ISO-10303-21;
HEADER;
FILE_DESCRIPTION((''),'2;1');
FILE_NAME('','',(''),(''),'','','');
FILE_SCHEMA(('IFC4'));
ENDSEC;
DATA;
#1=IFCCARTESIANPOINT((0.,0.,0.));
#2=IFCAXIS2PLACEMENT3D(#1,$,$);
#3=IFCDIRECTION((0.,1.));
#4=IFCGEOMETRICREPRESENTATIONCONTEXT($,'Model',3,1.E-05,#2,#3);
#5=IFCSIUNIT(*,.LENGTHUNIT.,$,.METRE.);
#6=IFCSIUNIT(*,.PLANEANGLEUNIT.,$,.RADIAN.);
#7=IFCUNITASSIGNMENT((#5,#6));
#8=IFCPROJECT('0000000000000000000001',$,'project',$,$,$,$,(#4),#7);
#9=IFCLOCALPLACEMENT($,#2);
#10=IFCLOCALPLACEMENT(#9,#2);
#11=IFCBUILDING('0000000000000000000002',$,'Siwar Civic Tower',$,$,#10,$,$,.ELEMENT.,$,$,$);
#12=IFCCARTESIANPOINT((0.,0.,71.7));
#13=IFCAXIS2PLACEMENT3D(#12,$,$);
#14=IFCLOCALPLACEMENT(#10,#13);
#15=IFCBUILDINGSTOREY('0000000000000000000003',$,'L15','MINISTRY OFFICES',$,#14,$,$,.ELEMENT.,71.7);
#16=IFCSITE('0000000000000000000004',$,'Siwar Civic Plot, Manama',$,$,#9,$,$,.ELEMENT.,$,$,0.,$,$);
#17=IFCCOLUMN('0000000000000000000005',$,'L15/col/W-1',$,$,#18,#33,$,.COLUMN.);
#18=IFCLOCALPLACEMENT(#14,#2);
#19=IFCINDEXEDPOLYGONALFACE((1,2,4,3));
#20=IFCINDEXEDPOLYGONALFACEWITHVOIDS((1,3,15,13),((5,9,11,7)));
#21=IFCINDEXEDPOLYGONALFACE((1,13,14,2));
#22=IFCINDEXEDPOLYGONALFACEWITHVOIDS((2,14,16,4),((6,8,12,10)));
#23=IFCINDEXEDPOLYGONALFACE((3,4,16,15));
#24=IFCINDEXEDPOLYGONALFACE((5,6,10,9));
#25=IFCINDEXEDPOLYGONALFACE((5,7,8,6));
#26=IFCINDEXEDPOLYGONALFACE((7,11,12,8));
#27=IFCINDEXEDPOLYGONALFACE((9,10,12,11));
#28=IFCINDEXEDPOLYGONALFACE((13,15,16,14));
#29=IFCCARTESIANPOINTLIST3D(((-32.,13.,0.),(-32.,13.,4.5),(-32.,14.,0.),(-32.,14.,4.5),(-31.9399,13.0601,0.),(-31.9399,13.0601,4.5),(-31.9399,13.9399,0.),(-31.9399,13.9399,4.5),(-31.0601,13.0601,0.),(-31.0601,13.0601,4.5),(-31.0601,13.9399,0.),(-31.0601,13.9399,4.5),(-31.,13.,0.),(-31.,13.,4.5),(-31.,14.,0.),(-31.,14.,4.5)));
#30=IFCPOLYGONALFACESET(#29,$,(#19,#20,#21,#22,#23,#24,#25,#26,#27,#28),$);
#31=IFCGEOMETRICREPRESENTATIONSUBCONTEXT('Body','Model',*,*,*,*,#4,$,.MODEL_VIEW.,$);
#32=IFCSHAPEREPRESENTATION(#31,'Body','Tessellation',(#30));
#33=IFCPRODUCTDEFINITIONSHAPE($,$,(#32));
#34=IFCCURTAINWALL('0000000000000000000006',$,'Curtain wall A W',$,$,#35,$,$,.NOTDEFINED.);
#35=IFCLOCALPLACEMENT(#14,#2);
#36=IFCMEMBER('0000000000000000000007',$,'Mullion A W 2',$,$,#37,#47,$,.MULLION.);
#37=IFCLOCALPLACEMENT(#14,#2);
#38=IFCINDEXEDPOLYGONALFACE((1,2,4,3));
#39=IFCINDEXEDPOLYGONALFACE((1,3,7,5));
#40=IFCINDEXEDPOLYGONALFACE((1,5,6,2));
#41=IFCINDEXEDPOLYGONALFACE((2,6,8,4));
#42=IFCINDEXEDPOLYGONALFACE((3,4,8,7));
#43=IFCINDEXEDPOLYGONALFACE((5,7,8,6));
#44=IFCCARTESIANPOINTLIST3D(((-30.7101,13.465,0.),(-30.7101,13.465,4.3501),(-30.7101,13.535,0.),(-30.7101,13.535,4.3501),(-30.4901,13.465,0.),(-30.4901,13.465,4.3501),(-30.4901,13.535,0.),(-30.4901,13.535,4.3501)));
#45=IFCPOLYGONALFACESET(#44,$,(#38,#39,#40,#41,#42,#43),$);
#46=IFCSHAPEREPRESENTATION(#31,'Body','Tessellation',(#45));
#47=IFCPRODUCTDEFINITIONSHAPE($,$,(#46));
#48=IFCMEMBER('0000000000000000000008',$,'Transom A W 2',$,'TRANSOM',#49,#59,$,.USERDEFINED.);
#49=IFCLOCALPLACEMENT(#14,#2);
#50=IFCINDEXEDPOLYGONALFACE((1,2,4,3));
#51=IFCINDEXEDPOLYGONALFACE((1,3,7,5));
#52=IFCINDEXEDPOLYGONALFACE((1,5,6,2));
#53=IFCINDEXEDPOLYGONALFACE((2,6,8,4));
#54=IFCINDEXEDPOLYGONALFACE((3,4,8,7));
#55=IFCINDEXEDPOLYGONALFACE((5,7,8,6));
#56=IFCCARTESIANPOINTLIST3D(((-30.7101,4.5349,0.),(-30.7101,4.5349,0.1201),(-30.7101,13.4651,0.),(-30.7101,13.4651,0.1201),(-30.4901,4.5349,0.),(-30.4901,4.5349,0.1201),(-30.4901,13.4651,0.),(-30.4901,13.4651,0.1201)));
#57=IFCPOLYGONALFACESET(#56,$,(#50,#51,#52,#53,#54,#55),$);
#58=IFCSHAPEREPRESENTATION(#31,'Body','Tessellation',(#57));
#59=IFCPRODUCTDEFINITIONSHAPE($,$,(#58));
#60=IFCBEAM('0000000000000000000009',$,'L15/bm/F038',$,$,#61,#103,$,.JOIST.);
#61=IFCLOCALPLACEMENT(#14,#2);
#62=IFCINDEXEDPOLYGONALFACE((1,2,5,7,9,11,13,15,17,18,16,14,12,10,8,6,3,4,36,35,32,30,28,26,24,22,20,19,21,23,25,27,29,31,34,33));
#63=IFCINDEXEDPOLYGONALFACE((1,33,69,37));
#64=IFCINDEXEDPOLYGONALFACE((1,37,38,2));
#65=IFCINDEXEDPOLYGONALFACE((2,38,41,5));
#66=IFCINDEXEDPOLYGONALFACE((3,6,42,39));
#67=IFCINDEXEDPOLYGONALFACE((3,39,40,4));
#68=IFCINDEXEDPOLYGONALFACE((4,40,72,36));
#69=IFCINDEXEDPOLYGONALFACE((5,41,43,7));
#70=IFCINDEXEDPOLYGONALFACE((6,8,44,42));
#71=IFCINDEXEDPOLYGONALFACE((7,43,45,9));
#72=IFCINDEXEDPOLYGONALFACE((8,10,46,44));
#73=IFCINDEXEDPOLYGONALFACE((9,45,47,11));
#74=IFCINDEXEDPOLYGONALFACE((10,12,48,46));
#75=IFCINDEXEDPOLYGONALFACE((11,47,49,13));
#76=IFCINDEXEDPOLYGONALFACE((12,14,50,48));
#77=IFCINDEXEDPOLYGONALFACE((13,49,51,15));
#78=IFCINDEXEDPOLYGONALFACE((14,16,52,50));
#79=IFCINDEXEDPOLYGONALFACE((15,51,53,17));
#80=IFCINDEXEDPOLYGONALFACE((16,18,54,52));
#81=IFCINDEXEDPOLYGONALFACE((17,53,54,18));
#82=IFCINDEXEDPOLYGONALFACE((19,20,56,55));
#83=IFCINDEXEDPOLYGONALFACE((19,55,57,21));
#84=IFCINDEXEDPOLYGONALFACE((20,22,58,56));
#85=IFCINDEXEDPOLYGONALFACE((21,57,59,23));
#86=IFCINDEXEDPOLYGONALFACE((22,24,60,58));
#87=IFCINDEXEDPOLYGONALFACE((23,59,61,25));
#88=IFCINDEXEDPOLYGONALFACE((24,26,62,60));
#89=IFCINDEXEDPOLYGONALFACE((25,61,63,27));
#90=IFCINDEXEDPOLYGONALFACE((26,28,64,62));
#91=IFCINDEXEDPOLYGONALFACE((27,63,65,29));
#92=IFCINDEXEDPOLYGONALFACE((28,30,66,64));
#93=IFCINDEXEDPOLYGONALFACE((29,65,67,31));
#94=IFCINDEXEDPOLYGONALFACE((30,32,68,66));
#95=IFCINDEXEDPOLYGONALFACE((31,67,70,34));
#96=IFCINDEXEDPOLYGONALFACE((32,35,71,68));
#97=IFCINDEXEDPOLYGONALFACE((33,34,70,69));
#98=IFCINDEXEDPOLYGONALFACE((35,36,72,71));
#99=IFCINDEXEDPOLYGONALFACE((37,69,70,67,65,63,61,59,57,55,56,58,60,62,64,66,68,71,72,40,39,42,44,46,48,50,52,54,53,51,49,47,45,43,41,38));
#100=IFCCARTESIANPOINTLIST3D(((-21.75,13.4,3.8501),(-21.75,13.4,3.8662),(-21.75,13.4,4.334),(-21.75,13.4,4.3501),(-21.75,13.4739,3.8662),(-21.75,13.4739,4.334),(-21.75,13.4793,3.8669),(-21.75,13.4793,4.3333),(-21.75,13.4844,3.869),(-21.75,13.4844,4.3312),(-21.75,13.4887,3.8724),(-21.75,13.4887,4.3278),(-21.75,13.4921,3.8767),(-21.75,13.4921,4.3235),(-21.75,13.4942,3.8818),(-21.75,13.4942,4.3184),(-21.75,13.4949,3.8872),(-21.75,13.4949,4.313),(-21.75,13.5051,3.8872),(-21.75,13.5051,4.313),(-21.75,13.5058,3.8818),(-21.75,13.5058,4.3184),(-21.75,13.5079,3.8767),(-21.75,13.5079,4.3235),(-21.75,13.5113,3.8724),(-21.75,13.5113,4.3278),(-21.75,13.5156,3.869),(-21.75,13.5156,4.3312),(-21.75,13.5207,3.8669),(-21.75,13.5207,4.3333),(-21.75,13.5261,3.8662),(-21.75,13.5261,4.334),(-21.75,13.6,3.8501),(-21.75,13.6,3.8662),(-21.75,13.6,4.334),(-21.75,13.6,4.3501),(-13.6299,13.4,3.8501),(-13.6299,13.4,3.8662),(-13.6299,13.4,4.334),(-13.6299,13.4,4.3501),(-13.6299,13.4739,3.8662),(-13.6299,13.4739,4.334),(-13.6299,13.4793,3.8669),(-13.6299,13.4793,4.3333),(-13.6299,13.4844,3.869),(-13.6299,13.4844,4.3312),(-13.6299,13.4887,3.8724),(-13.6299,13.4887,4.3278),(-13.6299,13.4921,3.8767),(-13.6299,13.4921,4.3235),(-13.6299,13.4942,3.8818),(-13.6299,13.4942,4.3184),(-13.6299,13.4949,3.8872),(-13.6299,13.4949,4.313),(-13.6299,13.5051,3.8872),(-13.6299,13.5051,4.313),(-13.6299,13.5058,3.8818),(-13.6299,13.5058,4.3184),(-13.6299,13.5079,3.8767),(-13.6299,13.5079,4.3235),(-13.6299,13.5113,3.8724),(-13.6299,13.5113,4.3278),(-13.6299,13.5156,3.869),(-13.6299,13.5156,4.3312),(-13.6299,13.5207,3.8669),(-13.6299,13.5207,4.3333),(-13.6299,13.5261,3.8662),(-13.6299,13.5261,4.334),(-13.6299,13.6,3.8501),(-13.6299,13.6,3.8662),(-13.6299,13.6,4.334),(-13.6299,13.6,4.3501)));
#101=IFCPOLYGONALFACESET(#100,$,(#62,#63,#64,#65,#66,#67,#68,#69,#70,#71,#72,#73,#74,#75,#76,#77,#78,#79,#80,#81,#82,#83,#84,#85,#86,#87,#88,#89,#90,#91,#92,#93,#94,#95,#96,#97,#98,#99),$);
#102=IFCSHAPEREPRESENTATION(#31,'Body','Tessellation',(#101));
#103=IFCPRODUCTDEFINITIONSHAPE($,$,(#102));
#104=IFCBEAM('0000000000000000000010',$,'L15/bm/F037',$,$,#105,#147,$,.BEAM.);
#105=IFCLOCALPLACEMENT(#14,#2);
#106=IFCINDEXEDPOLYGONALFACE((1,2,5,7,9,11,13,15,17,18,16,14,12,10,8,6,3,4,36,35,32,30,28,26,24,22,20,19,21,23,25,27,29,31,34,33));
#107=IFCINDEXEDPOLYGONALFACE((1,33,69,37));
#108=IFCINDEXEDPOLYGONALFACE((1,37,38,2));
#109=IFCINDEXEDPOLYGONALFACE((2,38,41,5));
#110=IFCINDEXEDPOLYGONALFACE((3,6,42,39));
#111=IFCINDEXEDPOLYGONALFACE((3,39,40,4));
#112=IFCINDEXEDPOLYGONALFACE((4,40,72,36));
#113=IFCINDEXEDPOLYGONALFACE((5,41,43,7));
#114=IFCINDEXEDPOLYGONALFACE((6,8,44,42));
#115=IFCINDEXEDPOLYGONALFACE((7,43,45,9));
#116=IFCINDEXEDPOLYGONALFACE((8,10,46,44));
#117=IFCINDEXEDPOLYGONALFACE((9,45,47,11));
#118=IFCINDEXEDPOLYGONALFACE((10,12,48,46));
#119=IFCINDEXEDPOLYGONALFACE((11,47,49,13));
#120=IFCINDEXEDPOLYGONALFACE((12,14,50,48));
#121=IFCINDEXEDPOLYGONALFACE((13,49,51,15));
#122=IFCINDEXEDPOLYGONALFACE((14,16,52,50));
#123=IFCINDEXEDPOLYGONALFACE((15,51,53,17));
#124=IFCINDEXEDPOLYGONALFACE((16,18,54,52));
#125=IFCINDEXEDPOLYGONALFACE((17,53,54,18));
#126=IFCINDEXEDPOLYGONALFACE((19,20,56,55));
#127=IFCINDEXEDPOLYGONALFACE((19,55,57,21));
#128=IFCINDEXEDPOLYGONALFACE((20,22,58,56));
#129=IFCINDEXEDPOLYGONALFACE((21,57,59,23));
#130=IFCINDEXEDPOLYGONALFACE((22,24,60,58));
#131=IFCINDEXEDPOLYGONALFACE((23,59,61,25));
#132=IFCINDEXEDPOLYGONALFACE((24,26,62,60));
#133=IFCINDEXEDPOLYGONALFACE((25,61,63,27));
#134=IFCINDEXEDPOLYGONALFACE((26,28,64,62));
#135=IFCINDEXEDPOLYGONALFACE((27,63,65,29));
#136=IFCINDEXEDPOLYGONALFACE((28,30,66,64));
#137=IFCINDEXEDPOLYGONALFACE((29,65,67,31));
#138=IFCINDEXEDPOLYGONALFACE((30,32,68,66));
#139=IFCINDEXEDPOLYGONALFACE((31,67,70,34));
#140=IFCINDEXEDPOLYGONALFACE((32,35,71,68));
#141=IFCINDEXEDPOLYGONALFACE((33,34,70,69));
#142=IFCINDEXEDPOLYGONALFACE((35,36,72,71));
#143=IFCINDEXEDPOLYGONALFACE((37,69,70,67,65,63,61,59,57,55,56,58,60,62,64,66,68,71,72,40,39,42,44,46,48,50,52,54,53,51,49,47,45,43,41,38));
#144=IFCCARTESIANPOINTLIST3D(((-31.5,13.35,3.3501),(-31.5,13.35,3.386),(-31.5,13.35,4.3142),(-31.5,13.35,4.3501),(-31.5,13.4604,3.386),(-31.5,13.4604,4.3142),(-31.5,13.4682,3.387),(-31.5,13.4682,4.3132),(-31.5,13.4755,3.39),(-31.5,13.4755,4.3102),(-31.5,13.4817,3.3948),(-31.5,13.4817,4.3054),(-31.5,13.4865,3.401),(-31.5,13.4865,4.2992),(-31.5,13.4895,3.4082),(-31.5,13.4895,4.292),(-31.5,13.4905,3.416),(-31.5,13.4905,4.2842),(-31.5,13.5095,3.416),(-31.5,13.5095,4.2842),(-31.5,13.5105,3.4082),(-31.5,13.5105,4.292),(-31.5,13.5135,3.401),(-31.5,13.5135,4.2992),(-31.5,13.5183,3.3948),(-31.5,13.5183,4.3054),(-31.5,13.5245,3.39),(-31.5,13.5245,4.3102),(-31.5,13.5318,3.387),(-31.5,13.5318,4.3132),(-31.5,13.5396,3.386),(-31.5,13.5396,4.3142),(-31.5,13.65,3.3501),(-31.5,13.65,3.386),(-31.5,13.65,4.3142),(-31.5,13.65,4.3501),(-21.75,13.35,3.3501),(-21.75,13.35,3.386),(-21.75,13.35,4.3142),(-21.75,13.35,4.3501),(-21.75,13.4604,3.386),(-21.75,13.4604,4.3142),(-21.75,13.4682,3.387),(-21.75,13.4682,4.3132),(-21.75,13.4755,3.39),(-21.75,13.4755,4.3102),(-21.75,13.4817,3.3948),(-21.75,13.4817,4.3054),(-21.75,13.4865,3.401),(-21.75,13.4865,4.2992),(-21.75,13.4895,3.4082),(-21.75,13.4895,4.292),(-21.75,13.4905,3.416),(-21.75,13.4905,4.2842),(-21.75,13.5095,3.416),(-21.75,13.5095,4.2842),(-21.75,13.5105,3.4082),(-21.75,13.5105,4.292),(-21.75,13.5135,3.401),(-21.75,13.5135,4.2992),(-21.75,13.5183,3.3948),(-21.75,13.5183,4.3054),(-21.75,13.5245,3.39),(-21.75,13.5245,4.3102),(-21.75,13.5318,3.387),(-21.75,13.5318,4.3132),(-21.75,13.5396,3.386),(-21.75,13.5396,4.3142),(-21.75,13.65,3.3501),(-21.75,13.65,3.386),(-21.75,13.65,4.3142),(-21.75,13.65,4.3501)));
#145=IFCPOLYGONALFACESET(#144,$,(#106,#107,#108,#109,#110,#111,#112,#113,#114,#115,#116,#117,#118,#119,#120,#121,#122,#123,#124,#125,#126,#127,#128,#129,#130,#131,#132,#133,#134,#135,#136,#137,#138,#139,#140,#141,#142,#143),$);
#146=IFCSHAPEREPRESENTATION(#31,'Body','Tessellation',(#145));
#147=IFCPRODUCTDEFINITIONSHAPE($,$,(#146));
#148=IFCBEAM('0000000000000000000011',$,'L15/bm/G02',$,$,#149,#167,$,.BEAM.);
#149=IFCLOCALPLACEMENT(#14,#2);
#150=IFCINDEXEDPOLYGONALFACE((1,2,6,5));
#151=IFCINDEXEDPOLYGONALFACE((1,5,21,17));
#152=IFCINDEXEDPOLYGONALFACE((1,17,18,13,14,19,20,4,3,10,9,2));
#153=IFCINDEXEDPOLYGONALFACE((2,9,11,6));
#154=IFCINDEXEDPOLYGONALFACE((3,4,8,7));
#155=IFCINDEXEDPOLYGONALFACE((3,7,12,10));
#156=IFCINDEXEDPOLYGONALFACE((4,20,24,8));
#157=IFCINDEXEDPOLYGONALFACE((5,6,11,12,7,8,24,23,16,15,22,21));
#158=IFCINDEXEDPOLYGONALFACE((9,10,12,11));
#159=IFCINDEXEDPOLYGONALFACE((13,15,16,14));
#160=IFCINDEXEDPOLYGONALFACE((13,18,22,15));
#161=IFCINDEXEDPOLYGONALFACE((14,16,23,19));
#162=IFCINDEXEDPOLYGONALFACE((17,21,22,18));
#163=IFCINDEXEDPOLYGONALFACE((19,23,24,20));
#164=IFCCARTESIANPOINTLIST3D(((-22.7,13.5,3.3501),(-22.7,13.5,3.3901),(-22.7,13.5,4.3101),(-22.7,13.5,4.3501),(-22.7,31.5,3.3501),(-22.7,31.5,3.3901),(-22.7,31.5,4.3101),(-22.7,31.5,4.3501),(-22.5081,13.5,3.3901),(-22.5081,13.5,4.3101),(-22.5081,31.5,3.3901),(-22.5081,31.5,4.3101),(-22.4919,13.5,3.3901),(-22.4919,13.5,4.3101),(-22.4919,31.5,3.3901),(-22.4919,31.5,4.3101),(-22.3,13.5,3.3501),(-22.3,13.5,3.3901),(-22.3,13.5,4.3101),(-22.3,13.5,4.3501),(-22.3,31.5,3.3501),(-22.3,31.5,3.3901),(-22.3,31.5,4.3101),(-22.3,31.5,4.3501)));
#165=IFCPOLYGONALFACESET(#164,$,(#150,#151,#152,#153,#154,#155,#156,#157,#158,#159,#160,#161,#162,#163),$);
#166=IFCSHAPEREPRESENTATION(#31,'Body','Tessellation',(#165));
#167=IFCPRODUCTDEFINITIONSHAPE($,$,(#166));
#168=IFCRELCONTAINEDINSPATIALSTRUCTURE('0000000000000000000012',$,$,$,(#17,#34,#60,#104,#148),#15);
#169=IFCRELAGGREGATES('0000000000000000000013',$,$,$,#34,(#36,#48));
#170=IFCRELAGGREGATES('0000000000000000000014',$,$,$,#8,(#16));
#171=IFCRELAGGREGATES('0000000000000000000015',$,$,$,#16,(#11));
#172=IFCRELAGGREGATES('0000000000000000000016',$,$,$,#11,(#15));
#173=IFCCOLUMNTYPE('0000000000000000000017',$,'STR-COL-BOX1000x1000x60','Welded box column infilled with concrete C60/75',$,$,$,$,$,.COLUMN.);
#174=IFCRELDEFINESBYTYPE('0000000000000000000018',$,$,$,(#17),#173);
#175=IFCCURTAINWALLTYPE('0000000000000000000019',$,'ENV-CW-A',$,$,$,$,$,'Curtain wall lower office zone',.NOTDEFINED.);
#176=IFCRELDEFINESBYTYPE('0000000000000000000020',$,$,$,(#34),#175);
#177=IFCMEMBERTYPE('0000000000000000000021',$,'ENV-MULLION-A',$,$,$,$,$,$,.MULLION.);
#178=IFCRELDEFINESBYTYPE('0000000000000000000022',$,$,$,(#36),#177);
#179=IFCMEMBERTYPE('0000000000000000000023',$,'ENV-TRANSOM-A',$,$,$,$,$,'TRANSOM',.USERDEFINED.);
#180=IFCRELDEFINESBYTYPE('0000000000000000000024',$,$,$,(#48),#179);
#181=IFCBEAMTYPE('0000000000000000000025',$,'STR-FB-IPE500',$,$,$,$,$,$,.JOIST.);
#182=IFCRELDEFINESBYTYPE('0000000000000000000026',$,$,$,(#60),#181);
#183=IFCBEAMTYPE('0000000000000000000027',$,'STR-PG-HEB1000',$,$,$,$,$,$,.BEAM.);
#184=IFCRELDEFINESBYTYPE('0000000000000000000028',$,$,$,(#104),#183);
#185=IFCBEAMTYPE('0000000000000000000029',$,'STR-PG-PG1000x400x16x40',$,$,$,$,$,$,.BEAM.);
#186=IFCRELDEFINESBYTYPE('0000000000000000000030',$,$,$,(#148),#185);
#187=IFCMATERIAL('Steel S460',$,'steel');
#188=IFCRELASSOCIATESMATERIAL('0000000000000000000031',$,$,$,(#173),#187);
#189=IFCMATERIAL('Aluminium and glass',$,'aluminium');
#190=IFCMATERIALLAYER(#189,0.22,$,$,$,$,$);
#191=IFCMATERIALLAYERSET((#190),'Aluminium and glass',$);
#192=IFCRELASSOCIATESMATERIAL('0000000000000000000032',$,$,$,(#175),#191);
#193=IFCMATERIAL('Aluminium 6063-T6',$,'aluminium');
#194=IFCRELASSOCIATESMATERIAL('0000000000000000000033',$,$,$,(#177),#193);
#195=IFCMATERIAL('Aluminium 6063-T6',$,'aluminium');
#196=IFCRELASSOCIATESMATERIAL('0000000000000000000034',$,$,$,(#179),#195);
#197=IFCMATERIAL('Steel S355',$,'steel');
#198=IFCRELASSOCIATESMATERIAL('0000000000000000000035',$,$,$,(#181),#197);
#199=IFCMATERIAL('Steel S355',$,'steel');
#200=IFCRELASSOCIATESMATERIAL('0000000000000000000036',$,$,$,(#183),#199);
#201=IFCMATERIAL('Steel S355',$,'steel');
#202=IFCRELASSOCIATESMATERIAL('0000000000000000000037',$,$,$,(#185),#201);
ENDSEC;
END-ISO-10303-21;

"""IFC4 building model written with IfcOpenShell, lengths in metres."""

from ifc_helpers import new_model, si_unit, direction, frame, origin, origin_2d, place, context, subcontext, project, spatial, rectangle, hollow_rectangle, i_section, extrude, material, layer, layer_set, material_profile, profile_set, type_object, element, aggregate, save


model = new_model("IFC4")

# Units and contexts
model_context = context("Model", 3, precision=1e-05, world=origin(), true_north=direction((0.0, 1.0)))
body_context = subcontext(model_context, "Body", "Model", "MODEL_VIEW")
ifc_project = project(units=[si_unit("LENGTHUNIT", "METRE"), si_unit("PLANEANGLEUNIT", "RADIAN")], contexts=[model_context])

# Site, building, storey
site_placement = place(None, origin())
site = spatial("IfcSite", under=ifc_project, at=site_placement, Name="Siwar Civic Plot, Manama", CompositionType="ELEMENT", RefElevation=0.0)
building_placement = place(site_placement, origin())
building = spatial("IfcBuilding", under=site, at=building_placement, Name="Siwar Civic Tower", CompositionType="ELEMENT")
storey_placement = place(building_placement, frame((0.0, 0.0, 71.7)))
storey = spatial("IfcBuildingStorey", under=building, at=storey_placement, Name="L15", Description="MINISTRY OFFICES", CompositionType="ELEMENT", Elevation=71.7)

# Column
ifc_material_1 = material(Name="Steel S460", Category="steel")
ifc_material_profile_1 = material_profile(ifc_material_1, hollow_rectangle(XDim=1.0, YDim=1.0, WallThickness=0.0601, at=origin_2d()), Name="BOX1000x1000x60")
ifc_profile_set_1 = profile_set([ifc_material_profile_1], Name="Steel S460")
column_type = type_object("IfcColumnType", Name="STR-COL-BOX1000x1000x60", Description="Welded box column infilled with concrete C60/75", PredefinedType="COLUMN", material=ifc_profile_set_1)
column_placement = place(storey_placement, frame((-31.5, 13.5, 0.0), z_axis=(0.0, 0.0, 1.0), x_axis=(1.0, 0.0, 0.0)))
element("IfcColumn", 1, at=column_placement, inside=storey, type_object=column_type, Name="L15/col/W-1", PredefinedType="COLUMN", context=body_context, shape_type="SweptSolid", body=[
    extrude(hollow_rectangle(XDim=1.0, YDim=1.0, WallThickness=0.0601, at=origin_2d()), origin(), (0.0, 0.0, 1.0), 4.5),
])

# Curtain wall, members
ifc_material_2 = material(Name="Aluminium and glass", Category="aluminium")
ifc_layer_1 = layer(ifc_material_2, 0.22)
ifc_layer_set_1 = layer_set([ifc_layer_1], Name="Aluminium and glass")
curtain_wall_type = type_object("IfcCurtainWallType", Name="ENV-CW-A", ElementType="Curtain wall lower office zone", PredefinedType="NOTDEFINED", material=ifc_layer_set_1)
curtain_wall_placement = place(storey_placement, origin())
curtain_wall = element("IfcCurtainWall", 2, at=curtain_wall_placement, inside=storey, type_object=curtain_wall_type, Name="Curtain wall A W", PredefinedType="NOTDEFINED")
ifc_material_3 = material(Name="Aluminium 6063-T6", Category="aluminium")
ifc_material_profile_2 = material_profile(ifc_material_3, rectangle(XDim=0.22, YDim=0.0701, at=origin_2d()), Name="AL 220x70")
ifc_profile_set_2 = profile_set([ifc_material_profile_2], Name="Aluminium 6063-T6")
member_type_1 = type_object("IfcMemberType", Name="ENV-MULLION-A", PredefinedType="MULLION", material=ifc_profile_set_2)
member_1_placement = place(storey_placement, frame((-30.6001, 13.5, 0.0), z_axis=(0.0, 0.0, 1.0), x_axis=(1.0, 0.0, 0.0)))
member_1 = element("IfcMember", 3, at=member_1_placement, type_object=member_type_1, Name="Mullion A W 2", PredefinedType="MULLION", context=body_context, shape_type="SweptSolid", body=[
    extrude(rectangle(XDim=0.22, YDim=0.0701, at=origin_2d()), origin(), (0.0, 0.0, 1.0), 4.3501),
])
ifc_material_4 = material(Name="Aluminium 6063-T6", Category="aluminium")
ifc_material_profile_3 = material_profile(ifc_material_4, rectangle(XDim=0.22, YDim=0.1201, at=origin_2d()), Name="AL 220x120")
ifc_profile_set_3 = profile_set([ifc_material_profile_3], Name="Aluminium 6063-T6")
member_type_2 = type_object("IfcMemberType", Name="ENV-TRANSOM-A", ElementType="TRANSOM", PredefinedType="USERDEFINED", material=ifc_profile_set_3)
member_2_placement = place(storey_placement, frame((-30.6001, 13.4651, 0.0601), z_axis=(0.0, -1.0, 0.0), x_axis=(1.0, 0.0, 0.0)))
member_2 = element("IfcMember", 4, at=member_2_placement, type_object=member_type_2, Name="Transom A W 2", ObjectType="TRANSOM", PredefinedType="USERDEFINED", context=body_context, shape_type="SweptSolid", body=[
    extrude(rectangle(XDim=0.22, YDim=0.1201, at=origin_2d()), origin(), (0.0, 0.0, 1.0), 8.9302),
])

# Beams
ifc_material_5 = material(Name="Steel S355", Category="steel")
ifc_material_profile_4 = material_profile(ifc_material_5, i_section(OverallWidth=0.2, OverallDepth=0.5, WebThickness=0.0103, FlangeThickness=0.0161, FilletRadius=0.021, at=origin_2d()), Name="IPE500")
ifc_profile_set_4 = profile_set([ifc_material_profile_4], Name="Steel S355")
beam_type_1 = type_object("IfcBeamType", Name="STR-FB-IPE500", PredefinedType="JOIST", material=ifc_profile_set_4)
beam_1_placement = place(storey_placement, frame((-21.75, 13.5, 4.1001), z_axis=(1.0, 0.0, 0.0), x_axis=(0.0, 1.0, 0.0)))
element("IfcBeam", 5, at=beam_1_placement, inside=storey, type_object=beam_type_1, Name="L15/bm/F038", PredefinedType="JOIST", context=body_context, shape_type="SweptSolid", body=[
    extrude(i_section(OverallWidth=0.2, OverallDepth=0.5, WebThickness=0.0103, FlangeThickness=0.0161, FilletRadius=0.021, at=origin_2d()), origin(), (0.0, 0.0, 1.0), 8.1201),
])
ifc_material_6 = material(Name="Steel S355", Category="steel")
ifc_material_profile_5 = material_profile(ifc_material_6, i_section(OverallWidth=0.3, OverallDepth=1.0, WebThickness=0.019, FlangeThickness=0.0359, FilletRadius=0.03, at=origin_2d()), Name="HEB1000")
ifc_profile_set_5 = profile_set([ifc_material_profile_5], Name="Steel S355")
beam_type_2 = type_object("IfcBeamType", Name="STR-PG-HEB1000", PredefinedType="BEAM", material=ifc_profile_set_5)
beam_2_placement = place(storey_placement, frame((-31.5, 13.5, 3.8501), z_axis=(1.0, 0.0, 0.0), x_axis=(0.0, 1.0, 0.0)))
element("IfcBeam", 6, at=beam_2_placement, inside=storey, type_object=beam_type_2, Name="L15/bm/F037", PredefinedType="BEAM", context=body_context, shape_type="SweptSolid", body=[
    extrude(i_section(OverallWidth=0.3, OverallDepth=1.0, WebThickness=0.019, FlangeThickness=0.0359, FilletRadius=0.03, at=origin_2d()), origin(), (0.0, 0.0, 1.0), 9.75),
])
ifc_material_7 = material(Name="Steel S355", Category="steel")
ifc_material_profile_6 = material_profile(ifc_material_7, i_section(OverallWidth=0.3999, OverallDepth=1.0, WebThickness=0.0161, FlangeThickness=0.04, at=origin_2d()), Name="PG1000x400x16x40")
ifc_profile_set_6 = profile_set([ifc_material_profile_6], Name="Steel S355")
beam_type_3 = type_object("IfcBeamType", Name="STR-PG-PG1000x400x16x40", PredefinedType="BEAM", material=ifc_profile_set_6)
beam_3_placement = place(storey_placement, frame((-22.5, 13.5, 3.8501), z_axis=(0.0, 1.0, 0.0), x_axis=(-1.0, 0.0, 0.0)))
element("IfcBeam", 7, at=beam_3_placement, inside=storey, type_object=beam_type_3, Name="L15/bm/G02", PredefinedType="BEAM", context=body_context, shape_type="SweptSolid", body=[
    extrude(i_section(OverallWidth=0.3999, OverallDepth=1.0, WebThickness=0.0161, FlangeThickness=0.04, at=origin_2d()), origin(), (0.0, 0.0, 1.0), 18.0),
])

aggregate(curtain_wall, [member_1, member_2])

save(model, "model.ifc")
